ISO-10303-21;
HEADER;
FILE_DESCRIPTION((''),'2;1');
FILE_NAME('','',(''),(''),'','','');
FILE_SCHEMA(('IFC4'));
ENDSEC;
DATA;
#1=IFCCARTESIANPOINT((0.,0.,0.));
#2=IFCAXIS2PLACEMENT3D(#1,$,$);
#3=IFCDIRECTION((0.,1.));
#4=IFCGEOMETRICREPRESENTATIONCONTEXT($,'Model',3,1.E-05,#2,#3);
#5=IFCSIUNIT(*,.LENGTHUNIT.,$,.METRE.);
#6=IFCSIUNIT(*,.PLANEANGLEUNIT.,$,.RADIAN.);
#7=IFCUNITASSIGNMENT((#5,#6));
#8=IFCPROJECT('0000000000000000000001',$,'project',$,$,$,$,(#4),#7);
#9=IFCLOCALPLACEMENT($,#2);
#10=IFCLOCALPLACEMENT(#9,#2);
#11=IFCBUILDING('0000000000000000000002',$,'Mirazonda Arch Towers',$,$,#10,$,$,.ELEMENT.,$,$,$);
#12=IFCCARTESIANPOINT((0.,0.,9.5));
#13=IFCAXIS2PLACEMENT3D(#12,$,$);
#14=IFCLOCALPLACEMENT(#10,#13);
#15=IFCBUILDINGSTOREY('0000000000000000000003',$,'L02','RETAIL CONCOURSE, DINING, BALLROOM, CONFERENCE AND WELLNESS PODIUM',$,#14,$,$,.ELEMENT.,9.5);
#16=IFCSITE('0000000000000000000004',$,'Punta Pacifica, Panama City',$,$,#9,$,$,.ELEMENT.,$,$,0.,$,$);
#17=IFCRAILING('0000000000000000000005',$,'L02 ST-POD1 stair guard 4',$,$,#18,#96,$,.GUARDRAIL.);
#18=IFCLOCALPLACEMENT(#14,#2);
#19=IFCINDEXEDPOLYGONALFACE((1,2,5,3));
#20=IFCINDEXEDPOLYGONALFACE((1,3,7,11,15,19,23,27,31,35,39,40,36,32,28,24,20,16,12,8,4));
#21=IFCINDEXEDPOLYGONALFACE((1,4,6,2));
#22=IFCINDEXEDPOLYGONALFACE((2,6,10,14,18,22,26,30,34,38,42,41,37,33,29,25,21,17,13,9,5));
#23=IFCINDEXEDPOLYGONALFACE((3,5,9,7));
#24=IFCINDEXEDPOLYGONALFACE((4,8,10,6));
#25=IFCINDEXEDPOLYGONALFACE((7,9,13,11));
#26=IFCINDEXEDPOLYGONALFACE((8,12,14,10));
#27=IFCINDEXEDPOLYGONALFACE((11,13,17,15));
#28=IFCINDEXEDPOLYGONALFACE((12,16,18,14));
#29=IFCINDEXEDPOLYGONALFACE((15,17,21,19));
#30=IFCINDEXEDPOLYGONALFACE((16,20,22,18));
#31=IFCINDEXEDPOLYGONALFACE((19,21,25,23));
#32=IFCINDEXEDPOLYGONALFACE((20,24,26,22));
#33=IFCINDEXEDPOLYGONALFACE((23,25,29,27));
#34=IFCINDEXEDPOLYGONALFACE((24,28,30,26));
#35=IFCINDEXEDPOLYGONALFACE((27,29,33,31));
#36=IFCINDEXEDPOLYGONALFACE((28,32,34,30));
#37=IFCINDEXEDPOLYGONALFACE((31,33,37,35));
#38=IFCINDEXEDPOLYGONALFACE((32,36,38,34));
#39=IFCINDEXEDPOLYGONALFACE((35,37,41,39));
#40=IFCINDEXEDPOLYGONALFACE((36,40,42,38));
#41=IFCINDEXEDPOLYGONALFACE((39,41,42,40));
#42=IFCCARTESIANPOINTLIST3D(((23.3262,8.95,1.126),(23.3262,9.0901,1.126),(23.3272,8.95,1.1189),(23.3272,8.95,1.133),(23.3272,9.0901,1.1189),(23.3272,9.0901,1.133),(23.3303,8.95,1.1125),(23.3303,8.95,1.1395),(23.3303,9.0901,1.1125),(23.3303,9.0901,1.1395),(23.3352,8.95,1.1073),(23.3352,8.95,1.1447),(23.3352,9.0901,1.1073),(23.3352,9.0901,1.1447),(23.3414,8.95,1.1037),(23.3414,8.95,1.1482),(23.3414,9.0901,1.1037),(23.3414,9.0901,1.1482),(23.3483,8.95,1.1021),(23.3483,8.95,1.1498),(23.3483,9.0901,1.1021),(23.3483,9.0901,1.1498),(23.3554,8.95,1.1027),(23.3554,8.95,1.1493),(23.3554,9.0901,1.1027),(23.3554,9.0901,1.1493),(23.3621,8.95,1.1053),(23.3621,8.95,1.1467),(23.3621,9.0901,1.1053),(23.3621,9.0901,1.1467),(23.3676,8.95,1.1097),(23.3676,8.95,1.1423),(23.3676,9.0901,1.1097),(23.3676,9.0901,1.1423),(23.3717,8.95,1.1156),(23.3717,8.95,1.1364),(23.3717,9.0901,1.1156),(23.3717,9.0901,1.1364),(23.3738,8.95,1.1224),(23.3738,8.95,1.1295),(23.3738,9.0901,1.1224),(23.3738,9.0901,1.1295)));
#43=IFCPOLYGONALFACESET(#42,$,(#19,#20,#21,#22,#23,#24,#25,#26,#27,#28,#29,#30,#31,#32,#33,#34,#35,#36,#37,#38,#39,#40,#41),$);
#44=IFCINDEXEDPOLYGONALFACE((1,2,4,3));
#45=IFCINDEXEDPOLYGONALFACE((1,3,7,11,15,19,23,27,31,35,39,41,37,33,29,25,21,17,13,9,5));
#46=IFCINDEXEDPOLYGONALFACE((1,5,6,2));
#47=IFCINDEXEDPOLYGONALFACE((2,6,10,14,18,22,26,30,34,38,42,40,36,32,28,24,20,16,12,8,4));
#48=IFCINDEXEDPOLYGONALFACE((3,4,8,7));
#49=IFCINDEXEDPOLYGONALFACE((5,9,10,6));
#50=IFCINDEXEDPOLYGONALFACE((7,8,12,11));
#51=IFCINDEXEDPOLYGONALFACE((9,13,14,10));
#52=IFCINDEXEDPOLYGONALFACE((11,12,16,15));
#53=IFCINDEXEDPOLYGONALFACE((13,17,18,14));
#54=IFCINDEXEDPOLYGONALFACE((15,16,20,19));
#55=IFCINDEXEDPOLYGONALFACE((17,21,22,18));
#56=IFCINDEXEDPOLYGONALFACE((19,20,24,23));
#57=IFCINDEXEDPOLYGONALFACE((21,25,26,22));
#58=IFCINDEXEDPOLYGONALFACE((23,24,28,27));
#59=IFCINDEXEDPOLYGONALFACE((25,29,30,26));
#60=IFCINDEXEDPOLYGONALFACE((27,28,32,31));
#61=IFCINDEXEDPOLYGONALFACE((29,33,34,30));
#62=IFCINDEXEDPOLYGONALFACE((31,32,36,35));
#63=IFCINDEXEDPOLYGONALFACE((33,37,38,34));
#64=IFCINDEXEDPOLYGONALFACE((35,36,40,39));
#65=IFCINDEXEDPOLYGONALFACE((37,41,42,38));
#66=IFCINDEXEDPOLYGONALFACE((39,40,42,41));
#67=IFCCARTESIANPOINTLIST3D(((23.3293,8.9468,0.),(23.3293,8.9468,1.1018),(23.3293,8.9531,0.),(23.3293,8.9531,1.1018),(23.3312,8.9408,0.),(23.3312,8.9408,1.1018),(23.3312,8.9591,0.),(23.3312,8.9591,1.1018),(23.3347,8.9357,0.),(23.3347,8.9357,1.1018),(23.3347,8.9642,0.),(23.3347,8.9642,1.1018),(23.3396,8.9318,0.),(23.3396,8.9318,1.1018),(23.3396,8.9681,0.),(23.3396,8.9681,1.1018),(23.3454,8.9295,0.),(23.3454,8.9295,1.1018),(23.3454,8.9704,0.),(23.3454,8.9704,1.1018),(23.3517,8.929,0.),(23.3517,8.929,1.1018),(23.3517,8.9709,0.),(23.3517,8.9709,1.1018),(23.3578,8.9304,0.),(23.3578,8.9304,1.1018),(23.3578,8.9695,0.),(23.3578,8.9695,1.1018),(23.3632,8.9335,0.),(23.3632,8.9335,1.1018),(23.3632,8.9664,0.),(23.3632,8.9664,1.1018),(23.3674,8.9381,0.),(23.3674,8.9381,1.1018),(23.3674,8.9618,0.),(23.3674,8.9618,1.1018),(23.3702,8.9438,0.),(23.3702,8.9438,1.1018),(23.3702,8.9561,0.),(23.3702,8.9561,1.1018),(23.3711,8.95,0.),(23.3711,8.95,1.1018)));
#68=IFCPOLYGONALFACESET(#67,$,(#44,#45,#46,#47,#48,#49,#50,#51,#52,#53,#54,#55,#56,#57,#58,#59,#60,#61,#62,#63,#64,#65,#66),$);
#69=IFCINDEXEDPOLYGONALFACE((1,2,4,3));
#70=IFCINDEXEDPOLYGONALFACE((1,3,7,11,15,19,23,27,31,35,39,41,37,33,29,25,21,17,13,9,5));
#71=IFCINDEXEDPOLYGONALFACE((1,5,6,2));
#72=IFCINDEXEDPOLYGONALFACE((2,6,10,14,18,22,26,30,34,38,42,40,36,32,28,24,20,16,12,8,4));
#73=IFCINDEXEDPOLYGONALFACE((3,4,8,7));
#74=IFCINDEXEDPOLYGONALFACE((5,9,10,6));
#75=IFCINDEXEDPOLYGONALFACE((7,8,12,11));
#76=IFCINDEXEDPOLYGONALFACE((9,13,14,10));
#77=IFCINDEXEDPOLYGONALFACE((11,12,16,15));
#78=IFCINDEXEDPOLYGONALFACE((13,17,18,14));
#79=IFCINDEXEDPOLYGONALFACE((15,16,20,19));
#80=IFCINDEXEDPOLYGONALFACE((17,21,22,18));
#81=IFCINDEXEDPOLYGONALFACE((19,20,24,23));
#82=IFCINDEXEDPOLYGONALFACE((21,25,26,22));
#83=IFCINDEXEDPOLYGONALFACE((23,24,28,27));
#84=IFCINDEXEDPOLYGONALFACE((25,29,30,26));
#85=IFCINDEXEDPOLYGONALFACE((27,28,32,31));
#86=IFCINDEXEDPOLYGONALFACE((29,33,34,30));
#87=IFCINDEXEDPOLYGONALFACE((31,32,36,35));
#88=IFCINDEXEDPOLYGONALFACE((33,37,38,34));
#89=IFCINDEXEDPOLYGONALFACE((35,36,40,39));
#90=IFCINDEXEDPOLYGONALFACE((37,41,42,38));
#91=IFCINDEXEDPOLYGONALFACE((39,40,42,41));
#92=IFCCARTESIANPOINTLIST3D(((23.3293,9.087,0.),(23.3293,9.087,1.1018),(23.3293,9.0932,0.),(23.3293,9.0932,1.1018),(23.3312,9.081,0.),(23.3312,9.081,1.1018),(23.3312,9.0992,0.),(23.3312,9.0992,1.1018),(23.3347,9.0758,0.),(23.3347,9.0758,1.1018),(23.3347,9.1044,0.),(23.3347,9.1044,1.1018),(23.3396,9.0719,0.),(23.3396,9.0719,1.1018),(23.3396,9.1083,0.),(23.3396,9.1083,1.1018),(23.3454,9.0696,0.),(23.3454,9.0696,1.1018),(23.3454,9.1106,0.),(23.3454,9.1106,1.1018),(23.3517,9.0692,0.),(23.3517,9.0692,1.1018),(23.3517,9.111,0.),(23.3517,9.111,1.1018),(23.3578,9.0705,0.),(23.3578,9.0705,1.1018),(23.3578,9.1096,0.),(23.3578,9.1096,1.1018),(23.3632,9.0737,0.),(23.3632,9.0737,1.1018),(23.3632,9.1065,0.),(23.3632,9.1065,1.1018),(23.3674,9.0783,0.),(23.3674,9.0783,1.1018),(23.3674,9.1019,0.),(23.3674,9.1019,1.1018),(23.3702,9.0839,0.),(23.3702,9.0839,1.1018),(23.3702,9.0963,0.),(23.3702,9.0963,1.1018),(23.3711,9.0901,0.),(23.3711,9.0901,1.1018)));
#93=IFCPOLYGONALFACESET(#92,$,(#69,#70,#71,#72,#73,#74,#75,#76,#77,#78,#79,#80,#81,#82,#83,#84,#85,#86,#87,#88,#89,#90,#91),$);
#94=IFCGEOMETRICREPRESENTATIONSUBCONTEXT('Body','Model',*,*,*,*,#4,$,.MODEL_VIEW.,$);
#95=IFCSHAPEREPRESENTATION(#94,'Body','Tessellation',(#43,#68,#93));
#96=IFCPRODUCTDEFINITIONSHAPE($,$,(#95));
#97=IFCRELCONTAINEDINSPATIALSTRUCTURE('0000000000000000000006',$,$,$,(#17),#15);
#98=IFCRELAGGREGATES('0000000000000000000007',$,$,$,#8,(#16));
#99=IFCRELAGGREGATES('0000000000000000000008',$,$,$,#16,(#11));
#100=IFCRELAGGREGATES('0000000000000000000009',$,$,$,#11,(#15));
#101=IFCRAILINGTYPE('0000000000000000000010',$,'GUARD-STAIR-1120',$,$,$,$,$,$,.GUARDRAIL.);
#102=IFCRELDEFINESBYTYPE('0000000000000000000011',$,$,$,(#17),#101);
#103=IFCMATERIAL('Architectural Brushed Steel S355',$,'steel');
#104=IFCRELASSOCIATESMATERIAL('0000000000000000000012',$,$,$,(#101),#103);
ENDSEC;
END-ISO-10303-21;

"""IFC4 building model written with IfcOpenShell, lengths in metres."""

from ifc_helpers import new_model, si_unit, direction, frame, origin, origin_2d, place, context, subcontext, project, spatial, circle, extrude, material, type_object, element, save


model = new_model("IFC4")

# Units and contexts
model_context = context("Model", 3, precision=1e-05, world=origin(), true_north=direction((0.0, 1.0)))
body_context = subcontext(model_context, "Body", "Model", "MODEL_VIEW")
ifc_project = project(units=[si_unit("LENGTHUNIT", "METRE"), si_unit("PLANEANGLEUNIT", "RADIAN")], contexts=[model_context])

# Site, building, storey
site_placement = place(None, origin())
site = spatial("IfcSite", under=ifc_project, at=site_placement, Name="Punta Pacifica, Panama City", CompositionType="ELEMENT", RefElevation=0.0)
building_placement = place(site_placement, origin())
building = spatial("IfcBuilding", under=site, at=building_placement, Name="Mirazonda Arch Towers", CompositionType="ELEMENT")
storey_placement = place(building_placement, frame((0.0, 0.0, 9.5)))
storey = spatial("IfcBuildingStorey", under=building, at=storey_placement, Name="L02", Description="RETAIL CONCOURSE, DINING, BALLROOM, CONFERENCE AND WELLNESS PODIUM", CompositionType="ELEMENT", Elevation=9.5)

# Railing
ifc_material_1 = material(Name="Architectural Brushed Steel S355", Category="steel")
railing_type_1 = type_object("IfcRailingType", Name="GUARD-STAIR-1120", PredefinedType="GUARDRAIL", material=ifc_material_1)
railing_1_placement = place(storey_placement, frame((23.3501, 8.95, 0.0)))
element("IfcRailing", 1, at=railing_1_placement, inside=storey, type_object=railing_type_1, Name="L02 ST-POD1 stair guard 4", PredefinedType="GUARDRAIL", context=body_context, shape_type="SweptSolid", body=[
    extrude(circle(Radius=0.0239, at=origin_2d()), frame((0.0, 0.0, 1.126), z_axis=(0.0, 1.0, 0.0), x_axis=(-1.0, 0.0, 0.0)), (0.0, 0.0, 1.0), 0.1401),
    extrude(circle(Radius=0.021, at=origin_2d()), origin(), (0.0, 0.0, 1.0), 1.1018),
    extrude(circle(Radius=0.021, at=origin_2d()), frame((0.0, 0.1401, 0.0)), (0.0, 0.0, 1.0), 1.1018),
])

save(model, "model.ifc")
